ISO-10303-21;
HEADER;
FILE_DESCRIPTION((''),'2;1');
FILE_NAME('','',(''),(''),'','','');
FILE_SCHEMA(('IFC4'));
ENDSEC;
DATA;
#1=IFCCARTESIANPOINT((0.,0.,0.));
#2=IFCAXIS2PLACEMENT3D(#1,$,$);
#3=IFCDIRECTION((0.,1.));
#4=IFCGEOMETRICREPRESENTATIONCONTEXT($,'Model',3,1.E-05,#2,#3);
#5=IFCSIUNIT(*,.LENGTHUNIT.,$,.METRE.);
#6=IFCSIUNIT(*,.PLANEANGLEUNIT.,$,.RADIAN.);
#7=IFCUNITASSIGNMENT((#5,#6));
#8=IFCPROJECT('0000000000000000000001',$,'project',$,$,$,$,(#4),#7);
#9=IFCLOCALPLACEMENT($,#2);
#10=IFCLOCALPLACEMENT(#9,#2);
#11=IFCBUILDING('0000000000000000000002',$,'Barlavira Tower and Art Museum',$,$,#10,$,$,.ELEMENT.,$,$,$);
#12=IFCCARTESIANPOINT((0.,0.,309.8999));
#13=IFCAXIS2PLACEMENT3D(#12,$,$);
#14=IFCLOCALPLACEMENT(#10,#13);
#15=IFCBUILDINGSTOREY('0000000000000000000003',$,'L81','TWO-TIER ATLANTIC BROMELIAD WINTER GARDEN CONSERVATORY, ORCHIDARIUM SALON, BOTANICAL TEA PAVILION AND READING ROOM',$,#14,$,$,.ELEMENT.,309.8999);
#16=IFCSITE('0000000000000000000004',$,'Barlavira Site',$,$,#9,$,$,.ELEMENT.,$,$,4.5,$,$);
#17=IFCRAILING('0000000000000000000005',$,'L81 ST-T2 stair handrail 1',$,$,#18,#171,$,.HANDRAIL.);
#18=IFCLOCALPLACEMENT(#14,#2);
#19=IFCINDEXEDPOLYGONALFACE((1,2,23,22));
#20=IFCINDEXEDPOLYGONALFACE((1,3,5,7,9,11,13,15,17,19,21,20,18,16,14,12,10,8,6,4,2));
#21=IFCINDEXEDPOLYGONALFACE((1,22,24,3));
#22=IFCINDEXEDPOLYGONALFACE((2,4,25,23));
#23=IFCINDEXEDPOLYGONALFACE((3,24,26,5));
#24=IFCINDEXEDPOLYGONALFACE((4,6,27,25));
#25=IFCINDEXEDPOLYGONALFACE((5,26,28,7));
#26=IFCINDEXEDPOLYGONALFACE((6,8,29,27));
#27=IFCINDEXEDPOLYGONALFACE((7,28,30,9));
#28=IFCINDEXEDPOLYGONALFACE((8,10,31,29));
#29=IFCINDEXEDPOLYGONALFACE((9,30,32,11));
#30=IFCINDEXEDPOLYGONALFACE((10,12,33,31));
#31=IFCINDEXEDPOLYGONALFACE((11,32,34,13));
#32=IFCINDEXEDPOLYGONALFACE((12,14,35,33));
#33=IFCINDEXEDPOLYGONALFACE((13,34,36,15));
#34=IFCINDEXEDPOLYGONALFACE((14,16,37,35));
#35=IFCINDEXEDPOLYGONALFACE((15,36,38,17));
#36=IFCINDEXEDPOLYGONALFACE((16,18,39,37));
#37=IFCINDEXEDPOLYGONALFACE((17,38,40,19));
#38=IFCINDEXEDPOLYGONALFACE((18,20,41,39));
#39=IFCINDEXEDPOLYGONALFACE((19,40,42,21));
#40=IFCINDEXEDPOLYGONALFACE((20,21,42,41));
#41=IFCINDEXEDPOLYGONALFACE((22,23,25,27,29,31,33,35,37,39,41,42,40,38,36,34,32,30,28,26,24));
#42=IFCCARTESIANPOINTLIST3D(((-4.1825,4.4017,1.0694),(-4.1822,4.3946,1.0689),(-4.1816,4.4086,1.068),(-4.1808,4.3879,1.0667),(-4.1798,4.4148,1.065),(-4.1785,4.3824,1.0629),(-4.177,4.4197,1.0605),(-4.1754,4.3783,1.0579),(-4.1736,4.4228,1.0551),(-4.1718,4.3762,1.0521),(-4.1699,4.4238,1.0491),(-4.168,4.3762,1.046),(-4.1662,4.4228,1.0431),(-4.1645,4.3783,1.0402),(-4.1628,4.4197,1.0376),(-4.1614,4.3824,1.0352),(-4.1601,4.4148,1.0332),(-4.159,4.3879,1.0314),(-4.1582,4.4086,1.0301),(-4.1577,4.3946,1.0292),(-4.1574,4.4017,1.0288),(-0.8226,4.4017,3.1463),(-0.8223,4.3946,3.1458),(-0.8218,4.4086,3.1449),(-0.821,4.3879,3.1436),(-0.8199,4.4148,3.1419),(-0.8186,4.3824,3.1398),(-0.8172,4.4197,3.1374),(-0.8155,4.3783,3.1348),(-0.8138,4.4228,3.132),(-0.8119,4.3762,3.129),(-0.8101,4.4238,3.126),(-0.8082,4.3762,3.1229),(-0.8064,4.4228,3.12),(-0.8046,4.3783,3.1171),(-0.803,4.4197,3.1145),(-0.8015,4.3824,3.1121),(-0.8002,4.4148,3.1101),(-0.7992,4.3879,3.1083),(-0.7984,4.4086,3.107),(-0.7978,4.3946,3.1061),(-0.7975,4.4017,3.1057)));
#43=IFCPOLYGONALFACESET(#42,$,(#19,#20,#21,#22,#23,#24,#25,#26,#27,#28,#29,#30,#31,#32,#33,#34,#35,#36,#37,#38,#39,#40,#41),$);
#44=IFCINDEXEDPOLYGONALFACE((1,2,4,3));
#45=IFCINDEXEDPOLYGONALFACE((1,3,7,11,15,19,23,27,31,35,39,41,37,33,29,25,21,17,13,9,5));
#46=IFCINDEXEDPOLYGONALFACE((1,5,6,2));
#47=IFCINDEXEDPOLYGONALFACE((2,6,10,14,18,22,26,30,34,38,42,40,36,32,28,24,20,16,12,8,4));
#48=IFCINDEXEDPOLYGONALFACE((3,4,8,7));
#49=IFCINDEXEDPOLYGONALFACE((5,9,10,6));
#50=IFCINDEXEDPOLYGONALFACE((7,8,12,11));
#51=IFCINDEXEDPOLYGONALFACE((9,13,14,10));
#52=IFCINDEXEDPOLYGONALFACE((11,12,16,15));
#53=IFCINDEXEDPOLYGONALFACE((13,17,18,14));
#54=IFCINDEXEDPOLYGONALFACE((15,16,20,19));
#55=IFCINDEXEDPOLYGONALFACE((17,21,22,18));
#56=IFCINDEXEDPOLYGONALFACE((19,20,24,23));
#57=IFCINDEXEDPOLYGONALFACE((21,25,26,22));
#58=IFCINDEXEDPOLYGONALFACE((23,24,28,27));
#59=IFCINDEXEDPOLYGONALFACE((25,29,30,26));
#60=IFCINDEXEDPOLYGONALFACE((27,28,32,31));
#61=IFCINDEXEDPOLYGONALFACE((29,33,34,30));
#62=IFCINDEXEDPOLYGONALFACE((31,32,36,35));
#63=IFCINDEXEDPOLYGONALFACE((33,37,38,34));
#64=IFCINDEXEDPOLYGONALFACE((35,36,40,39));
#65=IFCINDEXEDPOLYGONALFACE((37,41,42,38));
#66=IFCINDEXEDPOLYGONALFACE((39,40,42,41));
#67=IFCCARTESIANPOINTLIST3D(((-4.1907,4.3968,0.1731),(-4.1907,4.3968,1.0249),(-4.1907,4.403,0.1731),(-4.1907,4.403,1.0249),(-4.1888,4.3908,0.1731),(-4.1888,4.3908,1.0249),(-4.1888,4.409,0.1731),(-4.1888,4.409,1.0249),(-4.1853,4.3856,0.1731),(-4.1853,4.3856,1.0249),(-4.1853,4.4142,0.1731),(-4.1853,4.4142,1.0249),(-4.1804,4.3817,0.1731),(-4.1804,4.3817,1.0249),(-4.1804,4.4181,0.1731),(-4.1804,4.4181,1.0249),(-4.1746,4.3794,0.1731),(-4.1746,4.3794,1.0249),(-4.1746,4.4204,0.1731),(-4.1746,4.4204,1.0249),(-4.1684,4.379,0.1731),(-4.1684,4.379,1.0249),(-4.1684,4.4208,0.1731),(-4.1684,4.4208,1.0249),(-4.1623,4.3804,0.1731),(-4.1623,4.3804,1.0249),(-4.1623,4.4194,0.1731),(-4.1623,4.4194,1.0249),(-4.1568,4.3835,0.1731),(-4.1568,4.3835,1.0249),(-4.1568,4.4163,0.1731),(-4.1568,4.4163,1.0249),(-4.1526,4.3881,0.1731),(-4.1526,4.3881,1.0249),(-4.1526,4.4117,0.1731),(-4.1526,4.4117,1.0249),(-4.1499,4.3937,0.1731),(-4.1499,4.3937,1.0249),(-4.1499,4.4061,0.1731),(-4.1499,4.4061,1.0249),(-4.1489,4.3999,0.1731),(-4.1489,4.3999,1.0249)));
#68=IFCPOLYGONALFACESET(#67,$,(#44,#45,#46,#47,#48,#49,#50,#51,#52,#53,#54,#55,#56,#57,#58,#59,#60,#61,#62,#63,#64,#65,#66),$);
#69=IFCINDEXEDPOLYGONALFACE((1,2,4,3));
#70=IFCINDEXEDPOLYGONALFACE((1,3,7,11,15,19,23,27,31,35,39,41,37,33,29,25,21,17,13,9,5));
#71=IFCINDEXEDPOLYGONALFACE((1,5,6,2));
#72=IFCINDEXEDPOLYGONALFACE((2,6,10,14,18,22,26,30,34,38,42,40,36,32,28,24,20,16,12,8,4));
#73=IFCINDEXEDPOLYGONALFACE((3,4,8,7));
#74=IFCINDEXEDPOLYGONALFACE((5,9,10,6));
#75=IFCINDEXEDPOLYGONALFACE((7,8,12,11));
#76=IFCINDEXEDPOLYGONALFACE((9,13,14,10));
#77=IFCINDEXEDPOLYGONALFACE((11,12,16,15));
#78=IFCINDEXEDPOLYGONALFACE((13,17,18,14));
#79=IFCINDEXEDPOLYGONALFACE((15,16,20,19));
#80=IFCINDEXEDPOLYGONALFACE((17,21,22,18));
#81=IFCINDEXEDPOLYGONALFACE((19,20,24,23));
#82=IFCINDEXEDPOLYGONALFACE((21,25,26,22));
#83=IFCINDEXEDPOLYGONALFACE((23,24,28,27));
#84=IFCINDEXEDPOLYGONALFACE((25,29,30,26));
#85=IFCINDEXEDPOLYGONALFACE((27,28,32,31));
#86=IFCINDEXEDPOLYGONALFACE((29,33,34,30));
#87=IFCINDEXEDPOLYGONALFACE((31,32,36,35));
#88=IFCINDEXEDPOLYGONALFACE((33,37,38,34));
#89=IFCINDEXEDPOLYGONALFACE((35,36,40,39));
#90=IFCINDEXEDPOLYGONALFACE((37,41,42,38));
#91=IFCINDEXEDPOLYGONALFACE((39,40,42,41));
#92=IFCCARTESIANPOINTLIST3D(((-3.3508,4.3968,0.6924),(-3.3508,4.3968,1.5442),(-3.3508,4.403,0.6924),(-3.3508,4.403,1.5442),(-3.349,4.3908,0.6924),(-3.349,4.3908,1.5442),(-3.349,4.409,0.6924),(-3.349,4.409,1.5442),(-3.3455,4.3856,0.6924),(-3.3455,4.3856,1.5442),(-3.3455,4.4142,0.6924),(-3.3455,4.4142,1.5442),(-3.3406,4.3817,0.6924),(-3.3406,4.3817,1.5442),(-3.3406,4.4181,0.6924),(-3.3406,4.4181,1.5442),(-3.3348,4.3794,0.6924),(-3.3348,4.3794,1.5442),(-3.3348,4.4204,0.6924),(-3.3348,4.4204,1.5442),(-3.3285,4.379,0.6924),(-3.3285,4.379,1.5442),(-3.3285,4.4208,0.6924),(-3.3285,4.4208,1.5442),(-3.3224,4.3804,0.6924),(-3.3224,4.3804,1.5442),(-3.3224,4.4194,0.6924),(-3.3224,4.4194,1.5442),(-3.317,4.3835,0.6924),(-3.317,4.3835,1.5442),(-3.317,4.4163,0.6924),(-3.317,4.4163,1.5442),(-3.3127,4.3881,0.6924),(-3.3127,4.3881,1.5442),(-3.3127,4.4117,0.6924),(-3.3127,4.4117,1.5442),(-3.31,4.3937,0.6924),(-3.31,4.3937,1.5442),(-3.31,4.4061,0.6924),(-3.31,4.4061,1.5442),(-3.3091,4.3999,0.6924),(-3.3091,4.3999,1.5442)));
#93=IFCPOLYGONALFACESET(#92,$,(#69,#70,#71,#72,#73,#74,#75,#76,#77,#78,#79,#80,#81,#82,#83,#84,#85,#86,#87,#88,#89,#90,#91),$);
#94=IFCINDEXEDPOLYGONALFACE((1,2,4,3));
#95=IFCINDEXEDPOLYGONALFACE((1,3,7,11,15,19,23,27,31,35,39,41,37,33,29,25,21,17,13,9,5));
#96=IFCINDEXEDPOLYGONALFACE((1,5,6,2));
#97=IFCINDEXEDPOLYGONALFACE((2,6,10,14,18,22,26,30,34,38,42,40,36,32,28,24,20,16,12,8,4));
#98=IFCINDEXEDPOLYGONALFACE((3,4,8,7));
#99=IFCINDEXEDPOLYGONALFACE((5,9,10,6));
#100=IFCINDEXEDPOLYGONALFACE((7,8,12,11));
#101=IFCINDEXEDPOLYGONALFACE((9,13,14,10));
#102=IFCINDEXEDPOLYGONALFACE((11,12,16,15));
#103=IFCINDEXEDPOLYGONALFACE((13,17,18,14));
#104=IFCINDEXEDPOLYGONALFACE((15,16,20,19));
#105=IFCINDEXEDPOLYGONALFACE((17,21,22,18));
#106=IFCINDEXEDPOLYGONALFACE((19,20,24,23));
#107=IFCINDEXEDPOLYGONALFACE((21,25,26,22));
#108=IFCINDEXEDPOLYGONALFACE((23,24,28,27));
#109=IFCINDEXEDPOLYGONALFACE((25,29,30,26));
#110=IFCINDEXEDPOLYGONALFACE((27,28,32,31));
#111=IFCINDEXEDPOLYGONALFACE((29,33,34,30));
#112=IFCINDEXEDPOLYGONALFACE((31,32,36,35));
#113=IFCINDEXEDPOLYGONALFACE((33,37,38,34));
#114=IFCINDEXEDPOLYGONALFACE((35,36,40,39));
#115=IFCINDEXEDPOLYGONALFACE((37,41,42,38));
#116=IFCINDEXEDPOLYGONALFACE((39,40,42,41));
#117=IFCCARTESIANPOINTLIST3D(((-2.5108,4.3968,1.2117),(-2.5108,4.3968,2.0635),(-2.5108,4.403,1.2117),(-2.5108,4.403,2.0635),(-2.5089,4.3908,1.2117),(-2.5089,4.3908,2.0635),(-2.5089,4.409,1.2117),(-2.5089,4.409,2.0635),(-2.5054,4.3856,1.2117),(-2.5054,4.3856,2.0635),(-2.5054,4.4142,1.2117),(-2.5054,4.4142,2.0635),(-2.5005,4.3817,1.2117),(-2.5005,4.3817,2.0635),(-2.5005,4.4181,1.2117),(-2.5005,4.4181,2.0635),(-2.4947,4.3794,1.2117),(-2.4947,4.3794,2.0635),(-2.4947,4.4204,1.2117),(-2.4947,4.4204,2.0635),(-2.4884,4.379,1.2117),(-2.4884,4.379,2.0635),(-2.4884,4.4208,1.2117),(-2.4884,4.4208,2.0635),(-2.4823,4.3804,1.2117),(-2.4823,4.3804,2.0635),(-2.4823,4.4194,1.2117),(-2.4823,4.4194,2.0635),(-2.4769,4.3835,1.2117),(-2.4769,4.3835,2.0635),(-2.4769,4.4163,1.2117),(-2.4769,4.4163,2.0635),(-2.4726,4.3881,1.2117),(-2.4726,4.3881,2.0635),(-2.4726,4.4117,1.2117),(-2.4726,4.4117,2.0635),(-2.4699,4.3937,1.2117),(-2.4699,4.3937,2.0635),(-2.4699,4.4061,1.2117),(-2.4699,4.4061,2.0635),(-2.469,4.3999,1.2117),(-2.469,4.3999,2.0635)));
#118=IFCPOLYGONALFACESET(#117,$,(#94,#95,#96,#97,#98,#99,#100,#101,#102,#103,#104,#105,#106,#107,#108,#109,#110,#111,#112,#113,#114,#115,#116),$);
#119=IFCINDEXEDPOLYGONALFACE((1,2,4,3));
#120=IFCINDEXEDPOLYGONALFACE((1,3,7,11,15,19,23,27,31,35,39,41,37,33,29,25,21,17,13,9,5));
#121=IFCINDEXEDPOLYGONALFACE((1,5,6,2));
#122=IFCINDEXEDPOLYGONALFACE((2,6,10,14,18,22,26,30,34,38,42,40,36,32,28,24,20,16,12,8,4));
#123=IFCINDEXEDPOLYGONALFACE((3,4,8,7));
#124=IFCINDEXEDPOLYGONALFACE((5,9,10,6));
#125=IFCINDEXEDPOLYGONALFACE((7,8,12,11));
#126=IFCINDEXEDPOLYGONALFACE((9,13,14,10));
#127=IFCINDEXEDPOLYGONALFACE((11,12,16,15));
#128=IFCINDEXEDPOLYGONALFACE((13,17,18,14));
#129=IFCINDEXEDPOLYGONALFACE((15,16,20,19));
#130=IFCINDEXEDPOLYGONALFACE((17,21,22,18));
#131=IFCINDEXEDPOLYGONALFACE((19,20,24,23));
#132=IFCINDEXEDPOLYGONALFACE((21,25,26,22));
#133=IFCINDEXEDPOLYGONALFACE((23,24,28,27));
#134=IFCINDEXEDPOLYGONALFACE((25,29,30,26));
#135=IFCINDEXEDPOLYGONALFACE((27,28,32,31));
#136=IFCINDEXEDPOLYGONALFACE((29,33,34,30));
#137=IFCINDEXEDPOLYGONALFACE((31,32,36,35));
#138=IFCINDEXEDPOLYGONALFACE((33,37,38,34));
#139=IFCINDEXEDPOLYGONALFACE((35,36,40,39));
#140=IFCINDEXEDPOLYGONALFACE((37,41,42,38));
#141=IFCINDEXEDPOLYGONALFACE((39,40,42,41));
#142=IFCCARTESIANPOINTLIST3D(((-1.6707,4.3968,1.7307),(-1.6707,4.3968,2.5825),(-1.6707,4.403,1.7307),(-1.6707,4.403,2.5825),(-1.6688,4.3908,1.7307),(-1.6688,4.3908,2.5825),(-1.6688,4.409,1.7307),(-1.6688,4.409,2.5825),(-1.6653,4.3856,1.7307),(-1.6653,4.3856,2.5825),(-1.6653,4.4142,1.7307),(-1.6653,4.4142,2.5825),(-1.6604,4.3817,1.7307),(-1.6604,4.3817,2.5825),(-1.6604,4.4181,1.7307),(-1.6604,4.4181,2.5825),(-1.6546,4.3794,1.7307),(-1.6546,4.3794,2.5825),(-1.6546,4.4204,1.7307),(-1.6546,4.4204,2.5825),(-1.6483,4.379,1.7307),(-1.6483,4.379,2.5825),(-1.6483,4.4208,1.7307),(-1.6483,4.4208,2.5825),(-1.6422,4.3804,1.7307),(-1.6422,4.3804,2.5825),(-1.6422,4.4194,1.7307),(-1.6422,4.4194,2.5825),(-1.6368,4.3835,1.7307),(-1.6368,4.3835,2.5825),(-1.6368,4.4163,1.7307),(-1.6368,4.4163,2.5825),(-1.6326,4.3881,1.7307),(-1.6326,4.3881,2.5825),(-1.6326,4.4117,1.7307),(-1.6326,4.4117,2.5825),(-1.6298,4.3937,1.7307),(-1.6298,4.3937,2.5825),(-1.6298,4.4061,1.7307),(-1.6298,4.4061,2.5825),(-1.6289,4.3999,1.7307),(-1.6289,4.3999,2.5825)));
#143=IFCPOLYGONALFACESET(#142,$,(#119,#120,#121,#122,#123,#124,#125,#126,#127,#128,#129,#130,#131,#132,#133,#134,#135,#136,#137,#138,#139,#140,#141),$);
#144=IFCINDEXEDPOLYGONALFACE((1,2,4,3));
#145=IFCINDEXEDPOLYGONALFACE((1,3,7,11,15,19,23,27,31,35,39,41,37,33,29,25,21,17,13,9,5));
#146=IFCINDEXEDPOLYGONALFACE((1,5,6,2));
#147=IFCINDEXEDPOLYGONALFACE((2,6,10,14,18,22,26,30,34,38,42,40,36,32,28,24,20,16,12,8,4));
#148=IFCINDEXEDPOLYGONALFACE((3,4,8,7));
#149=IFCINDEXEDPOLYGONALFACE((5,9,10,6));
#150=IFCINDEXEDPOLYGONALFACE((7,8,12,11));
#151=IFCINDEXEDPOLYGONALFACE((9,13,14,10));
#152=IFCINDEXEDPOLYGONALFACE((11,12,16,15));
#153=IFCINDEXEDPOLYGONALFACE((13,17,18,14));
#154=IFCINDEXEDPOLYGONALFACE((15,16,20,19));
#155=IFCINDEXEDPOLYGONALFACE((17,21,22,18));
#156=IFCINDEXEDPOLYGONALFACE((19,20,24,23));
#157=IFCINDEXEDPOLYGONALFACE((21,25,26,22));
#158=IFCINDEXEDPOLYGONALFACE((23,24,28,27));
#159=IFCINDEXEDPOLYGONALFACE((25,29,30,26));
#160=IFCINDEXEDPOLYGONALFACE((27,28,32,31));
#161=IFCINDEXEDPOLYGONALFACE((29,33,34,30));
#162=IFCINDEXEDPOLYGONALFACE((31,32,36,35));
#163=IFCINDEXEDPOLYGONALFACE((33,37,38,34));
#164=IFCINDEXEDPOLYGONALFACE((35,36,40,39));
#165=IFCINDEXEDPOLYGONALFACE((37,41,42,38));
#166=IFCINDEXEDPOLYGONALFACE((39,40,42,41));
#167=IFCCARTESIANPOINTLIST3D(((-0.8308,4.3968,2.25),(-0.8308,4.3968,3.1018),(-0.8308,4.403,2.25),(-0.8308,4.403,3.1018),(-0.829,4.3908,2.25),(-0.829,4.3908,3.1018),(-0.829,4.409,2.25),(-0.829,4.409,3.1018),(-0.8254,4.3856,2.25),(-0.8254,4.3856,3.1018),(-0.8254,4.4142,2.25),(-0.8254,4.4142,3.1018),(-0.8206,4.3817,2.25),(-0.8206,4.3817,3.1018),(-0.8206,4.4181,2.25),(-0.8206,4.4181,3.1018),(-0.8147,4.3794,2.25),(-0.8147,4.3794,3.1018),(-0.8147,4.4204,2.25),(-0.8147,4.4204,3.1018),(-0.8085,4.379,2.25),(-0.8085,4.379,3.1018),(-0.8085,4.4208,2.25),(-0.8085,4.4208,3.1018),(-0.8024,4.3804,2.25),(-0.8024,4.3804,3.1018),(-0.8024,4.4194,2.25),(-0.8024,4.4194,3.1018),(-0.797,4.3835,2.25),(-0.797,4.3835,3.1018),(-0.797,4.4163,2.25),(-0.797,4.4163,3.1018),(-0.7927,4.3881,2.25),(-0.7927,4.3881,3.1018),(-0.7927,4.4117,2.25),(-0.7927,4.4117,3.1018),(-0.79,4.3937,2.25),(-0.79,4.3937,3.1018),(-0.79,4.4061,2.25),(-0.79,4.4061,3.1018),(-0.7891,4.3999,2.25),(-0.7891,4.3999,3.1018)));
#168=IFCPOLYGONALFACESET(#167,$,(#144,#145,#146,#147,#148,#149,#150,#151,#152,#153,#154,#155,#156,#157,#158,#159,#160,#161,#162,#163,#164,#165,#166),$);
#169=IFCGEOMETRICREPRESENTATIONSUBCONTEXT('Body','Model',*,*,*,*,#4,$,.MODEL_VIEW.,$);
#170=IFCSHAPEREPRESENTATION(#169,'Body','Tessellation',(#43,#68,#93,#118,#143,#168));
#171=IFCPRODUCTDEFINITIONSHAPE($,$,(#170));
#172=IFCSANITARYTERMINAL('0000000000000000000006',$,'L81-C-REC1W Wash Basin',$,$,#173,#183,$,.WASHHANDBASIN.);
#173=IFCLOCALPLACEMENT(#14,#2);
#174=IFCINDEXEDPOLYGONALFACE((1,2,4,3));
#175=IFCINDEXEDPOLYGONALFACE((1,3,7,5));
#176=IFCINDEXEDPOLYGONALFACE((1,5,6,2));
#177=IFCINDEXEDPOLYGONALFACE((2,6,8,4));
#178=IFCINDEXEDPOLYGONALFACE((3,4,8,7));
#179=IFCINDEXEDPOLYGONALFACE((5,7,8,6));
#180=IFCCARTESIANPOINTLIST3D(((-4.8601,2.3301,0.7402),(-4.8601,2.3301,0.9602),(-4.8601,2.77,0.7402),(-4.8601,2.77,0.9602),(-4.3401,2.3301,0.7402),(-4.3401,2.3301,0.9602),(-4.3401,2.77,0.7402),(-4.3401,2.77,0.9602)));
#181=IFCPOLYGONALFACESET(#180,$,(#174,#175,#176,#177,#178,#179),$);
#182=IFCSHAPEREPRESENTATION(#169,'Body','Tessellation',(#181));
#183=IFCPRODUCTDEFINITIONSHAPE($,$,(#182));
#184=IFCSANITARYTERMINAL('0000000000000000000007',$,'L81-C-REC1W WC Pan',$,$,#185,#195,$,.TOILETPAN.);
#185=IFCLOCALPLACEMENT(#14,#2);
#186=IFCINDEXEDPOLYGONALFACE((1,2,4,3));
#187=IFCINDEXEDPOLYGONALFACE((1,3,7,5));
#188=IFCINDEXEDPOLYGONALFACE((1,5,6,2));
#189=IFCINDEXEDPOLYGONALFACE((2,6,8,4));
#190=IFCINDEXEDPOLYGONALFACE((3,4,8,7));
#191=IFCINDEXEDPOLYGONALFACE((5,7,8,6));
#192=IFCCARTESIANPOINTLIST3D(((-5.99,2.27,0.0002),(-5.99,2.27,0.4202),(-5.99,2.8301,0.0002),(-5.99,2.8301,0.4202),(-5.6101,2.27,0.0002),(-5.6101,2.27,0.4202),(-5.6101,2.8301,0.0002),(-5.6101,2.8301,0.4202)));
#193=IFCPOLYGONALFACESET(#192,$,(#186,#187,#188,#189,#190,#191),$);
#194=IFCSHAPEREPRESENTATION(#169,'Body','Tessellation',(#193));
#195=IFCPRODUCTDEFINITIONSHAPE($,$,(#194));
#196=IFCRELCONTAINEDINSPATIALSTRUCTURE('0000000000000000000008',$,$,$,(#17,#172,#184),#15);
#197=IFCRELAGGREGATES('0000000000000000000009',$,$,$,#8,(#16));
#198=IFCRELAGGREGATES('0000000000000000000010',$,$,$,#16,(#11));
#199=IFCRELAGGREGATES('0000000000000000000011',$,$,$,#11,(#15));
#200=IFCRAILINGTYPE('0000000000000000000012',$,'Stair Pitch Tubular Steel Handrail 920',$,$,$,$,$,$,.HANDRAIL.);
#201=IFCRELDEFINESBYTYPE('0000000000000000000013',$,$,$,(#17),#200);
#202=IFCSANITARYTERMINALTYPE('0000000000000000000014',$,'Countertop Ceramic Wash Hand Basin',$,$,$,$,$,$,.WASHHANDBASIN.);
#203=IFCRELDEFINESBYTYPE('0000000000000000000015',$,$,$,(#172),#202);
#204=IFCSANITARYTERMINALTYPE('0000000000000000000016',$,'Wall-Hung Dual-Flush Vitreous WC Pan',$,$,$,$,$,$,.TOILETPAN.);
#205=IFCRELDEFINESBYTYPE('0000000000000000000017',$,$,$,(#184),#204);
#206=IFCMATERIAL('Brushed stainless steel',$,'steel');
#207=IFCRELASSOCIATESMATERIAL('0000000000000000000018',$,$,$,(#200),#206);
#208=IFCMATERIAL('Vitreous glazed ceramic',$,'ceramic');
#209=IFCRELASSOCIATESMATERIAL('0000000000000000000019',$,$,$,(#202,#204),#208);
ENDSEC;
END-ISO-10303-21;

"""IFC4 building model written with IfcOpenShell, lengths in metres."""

from ifc_helpers import new_model, si_unit, direction, frame, origin, origin_2d, place, context, subcontext, project, spatial, rectangle, circle, extrude, material, type_object, element, save


model = new_model("IFC4")

# Units and contexts
model_context = context("Model", 3, precision=1e-05, world=origin(), true_north=direction((0.0, 1.0)))
body_context = subcontext(model_context, "Body", "Model", "MODEL_VIEW")
ifc_project = project(units=[si_unit("LENGTHUNIT", "METRE"), si_unit("PLANEANGLEUNIT", "RADIAN")], contexts=[model_context])

# Site, building, storey
site_placement = place(None, origin())
site = spatial("IfcSite", under=ifc_project, at=site_placement, Name="Barlavira Site", CompositionType="ELEMENT", RefElevation=4.5)
building_placement = place(site_placement, origin())
building = spatial("IfcBuilding", under=site, at=building_placement, Name="Barlavira Tower and Art Museum", CompositionType="ELEMENT")
storey_placement = place(building_placement, frame((0.0, 0.0, 309.8999)))
storey = spatial("IfcBuildingStorey", under=building, at=storey_placement, Name="L81", Description="TWO-TIER ATLANTIC BROMELIAD WINTER GARDEN CONSERVATORY, ORCHIDARIUM SALON, BOTANICAL TEA PAVILION AND READING ROOM", CompositionType="ELEMENT", Elevation=309.8999)

# Shared definitions
ifc_material_1 = material(Name="Brushed stainless steel", Category="steel")

# Railing
railing_type_1 = type_object("IfcRailingType", Name="Stair Pitch Tubular Steel Handrail 920", PredefinedType="HANDRAIL", material=ifc_material_1)
railing_1_placement = place(storey_placement, frame((-4.1699, 4.3999, 0.1731)))
element("IfcRailing", 1, at=railing_1_placement, inside=storey, type_object=railing_type_1, Name="L81 ST-T2 stair handrail 1", PredefinedType="HANDRAIL", context=body_context, shape_type="SweptSolid", body=[
    extrude(circle(Radius=0.0239, at=origin_2d()), frame((0.0, 0.0, 0.876), z_axis=(0.850606, 0.0, 0.525803), x_axis=(0.0, 1.0, 0.0)), (0.0, 0.0, 1.0), 3.95),
    extrude(circle(Radius=0.021, at=origin_2d()), origin(), (0.0, 0.0, 1.0), 0.8518),
    extrude(circle(Radius=0.021, at=origin_2d()), frame((0.8398, 0.0, 0.5193)), (0.0, 0.0, 1.0), 0.8518),
    extrude(circle(Radius=0.021, at=origin_2d()), frame((1.6799, 0.0, 1.0386)), (0.0, 0.0, 1.0), 0.8518),
    extrude(circle(Radius=0.021, at=origin_2d()), frame((2.52, 0.0, 1.5576)), (0.0, 0.0, 1.0), 0.8518),
    extrude(circle(Radius=0.021, at=origin_2d()), frame((3.3599, 0.0, 2.0769)), (0.0, 0.0, 1.0), 0.8518),
])

# Sanitary terminals
ifc_material_2 = material(Name="Vitreous glazed ceramic", Category="ceramic")
sanitary_terminal_type_1 = type_object("IfcSanitaryTerminalType", Name="Countertop Ceramic Wash Hand Basin", PredefinedType="WASHHANDBASIN", material=ifc_material_2)
sanitary_terminal_1_placement = place(storey_placement, frame((-4.6001, 2.55, 0.7402), z_axis=(0.0, 0.0, 1.0), x_axis=(1.0, 0.0, 0.0)))
element("IfcSanitaryTerminal", 2, at=sanitary_terminal_1_placement, inside=storey, type_object=sanitary_terminal_type_1, Name="L81-C-REC1W Wash Basin", PredefinedType="WASHHANDBASIN", context=body_context, shape_type="SweptSolid", body=[
    extrude(rectangle(XDim=0.52, YDim=0.4399, at=origin_2d()), origin(), (0.0, 0.0, 1.0), 0.22),
])
sanitary_terminal_type_2 = type_object("IfcSanitaryTerminalType", Name="Wall-Hung Dual-Flush Vitreous WC Pan", PredefinedType="TOILETPAN", material=ifc_material_2)
sanitary_terminal_2_placement = place(storey_placement, frame((-5.8, 2.55, 0.0002), z_axis=(0.0, 0.0, 1.0), x_axis=(1.0, 0.0, 0.0)))
element("IfcSanitaryTerminal", 3, at=sanitary_terminal_2_placement, inside=storey, type_object=sanitary_terminal_type_2, Name="L81-C-REC1W WC Pan", PredefinedType="TOILETPAN", context=body_context, shape_type="SweptSolid", body=[
    extrude(rectangle(XDim=0.3799, YDim=0.5601, at=origin_2d()), origin(), (0.0, 0.0, 1.0), 0.4199),
])

save(model, "model.ifc")
